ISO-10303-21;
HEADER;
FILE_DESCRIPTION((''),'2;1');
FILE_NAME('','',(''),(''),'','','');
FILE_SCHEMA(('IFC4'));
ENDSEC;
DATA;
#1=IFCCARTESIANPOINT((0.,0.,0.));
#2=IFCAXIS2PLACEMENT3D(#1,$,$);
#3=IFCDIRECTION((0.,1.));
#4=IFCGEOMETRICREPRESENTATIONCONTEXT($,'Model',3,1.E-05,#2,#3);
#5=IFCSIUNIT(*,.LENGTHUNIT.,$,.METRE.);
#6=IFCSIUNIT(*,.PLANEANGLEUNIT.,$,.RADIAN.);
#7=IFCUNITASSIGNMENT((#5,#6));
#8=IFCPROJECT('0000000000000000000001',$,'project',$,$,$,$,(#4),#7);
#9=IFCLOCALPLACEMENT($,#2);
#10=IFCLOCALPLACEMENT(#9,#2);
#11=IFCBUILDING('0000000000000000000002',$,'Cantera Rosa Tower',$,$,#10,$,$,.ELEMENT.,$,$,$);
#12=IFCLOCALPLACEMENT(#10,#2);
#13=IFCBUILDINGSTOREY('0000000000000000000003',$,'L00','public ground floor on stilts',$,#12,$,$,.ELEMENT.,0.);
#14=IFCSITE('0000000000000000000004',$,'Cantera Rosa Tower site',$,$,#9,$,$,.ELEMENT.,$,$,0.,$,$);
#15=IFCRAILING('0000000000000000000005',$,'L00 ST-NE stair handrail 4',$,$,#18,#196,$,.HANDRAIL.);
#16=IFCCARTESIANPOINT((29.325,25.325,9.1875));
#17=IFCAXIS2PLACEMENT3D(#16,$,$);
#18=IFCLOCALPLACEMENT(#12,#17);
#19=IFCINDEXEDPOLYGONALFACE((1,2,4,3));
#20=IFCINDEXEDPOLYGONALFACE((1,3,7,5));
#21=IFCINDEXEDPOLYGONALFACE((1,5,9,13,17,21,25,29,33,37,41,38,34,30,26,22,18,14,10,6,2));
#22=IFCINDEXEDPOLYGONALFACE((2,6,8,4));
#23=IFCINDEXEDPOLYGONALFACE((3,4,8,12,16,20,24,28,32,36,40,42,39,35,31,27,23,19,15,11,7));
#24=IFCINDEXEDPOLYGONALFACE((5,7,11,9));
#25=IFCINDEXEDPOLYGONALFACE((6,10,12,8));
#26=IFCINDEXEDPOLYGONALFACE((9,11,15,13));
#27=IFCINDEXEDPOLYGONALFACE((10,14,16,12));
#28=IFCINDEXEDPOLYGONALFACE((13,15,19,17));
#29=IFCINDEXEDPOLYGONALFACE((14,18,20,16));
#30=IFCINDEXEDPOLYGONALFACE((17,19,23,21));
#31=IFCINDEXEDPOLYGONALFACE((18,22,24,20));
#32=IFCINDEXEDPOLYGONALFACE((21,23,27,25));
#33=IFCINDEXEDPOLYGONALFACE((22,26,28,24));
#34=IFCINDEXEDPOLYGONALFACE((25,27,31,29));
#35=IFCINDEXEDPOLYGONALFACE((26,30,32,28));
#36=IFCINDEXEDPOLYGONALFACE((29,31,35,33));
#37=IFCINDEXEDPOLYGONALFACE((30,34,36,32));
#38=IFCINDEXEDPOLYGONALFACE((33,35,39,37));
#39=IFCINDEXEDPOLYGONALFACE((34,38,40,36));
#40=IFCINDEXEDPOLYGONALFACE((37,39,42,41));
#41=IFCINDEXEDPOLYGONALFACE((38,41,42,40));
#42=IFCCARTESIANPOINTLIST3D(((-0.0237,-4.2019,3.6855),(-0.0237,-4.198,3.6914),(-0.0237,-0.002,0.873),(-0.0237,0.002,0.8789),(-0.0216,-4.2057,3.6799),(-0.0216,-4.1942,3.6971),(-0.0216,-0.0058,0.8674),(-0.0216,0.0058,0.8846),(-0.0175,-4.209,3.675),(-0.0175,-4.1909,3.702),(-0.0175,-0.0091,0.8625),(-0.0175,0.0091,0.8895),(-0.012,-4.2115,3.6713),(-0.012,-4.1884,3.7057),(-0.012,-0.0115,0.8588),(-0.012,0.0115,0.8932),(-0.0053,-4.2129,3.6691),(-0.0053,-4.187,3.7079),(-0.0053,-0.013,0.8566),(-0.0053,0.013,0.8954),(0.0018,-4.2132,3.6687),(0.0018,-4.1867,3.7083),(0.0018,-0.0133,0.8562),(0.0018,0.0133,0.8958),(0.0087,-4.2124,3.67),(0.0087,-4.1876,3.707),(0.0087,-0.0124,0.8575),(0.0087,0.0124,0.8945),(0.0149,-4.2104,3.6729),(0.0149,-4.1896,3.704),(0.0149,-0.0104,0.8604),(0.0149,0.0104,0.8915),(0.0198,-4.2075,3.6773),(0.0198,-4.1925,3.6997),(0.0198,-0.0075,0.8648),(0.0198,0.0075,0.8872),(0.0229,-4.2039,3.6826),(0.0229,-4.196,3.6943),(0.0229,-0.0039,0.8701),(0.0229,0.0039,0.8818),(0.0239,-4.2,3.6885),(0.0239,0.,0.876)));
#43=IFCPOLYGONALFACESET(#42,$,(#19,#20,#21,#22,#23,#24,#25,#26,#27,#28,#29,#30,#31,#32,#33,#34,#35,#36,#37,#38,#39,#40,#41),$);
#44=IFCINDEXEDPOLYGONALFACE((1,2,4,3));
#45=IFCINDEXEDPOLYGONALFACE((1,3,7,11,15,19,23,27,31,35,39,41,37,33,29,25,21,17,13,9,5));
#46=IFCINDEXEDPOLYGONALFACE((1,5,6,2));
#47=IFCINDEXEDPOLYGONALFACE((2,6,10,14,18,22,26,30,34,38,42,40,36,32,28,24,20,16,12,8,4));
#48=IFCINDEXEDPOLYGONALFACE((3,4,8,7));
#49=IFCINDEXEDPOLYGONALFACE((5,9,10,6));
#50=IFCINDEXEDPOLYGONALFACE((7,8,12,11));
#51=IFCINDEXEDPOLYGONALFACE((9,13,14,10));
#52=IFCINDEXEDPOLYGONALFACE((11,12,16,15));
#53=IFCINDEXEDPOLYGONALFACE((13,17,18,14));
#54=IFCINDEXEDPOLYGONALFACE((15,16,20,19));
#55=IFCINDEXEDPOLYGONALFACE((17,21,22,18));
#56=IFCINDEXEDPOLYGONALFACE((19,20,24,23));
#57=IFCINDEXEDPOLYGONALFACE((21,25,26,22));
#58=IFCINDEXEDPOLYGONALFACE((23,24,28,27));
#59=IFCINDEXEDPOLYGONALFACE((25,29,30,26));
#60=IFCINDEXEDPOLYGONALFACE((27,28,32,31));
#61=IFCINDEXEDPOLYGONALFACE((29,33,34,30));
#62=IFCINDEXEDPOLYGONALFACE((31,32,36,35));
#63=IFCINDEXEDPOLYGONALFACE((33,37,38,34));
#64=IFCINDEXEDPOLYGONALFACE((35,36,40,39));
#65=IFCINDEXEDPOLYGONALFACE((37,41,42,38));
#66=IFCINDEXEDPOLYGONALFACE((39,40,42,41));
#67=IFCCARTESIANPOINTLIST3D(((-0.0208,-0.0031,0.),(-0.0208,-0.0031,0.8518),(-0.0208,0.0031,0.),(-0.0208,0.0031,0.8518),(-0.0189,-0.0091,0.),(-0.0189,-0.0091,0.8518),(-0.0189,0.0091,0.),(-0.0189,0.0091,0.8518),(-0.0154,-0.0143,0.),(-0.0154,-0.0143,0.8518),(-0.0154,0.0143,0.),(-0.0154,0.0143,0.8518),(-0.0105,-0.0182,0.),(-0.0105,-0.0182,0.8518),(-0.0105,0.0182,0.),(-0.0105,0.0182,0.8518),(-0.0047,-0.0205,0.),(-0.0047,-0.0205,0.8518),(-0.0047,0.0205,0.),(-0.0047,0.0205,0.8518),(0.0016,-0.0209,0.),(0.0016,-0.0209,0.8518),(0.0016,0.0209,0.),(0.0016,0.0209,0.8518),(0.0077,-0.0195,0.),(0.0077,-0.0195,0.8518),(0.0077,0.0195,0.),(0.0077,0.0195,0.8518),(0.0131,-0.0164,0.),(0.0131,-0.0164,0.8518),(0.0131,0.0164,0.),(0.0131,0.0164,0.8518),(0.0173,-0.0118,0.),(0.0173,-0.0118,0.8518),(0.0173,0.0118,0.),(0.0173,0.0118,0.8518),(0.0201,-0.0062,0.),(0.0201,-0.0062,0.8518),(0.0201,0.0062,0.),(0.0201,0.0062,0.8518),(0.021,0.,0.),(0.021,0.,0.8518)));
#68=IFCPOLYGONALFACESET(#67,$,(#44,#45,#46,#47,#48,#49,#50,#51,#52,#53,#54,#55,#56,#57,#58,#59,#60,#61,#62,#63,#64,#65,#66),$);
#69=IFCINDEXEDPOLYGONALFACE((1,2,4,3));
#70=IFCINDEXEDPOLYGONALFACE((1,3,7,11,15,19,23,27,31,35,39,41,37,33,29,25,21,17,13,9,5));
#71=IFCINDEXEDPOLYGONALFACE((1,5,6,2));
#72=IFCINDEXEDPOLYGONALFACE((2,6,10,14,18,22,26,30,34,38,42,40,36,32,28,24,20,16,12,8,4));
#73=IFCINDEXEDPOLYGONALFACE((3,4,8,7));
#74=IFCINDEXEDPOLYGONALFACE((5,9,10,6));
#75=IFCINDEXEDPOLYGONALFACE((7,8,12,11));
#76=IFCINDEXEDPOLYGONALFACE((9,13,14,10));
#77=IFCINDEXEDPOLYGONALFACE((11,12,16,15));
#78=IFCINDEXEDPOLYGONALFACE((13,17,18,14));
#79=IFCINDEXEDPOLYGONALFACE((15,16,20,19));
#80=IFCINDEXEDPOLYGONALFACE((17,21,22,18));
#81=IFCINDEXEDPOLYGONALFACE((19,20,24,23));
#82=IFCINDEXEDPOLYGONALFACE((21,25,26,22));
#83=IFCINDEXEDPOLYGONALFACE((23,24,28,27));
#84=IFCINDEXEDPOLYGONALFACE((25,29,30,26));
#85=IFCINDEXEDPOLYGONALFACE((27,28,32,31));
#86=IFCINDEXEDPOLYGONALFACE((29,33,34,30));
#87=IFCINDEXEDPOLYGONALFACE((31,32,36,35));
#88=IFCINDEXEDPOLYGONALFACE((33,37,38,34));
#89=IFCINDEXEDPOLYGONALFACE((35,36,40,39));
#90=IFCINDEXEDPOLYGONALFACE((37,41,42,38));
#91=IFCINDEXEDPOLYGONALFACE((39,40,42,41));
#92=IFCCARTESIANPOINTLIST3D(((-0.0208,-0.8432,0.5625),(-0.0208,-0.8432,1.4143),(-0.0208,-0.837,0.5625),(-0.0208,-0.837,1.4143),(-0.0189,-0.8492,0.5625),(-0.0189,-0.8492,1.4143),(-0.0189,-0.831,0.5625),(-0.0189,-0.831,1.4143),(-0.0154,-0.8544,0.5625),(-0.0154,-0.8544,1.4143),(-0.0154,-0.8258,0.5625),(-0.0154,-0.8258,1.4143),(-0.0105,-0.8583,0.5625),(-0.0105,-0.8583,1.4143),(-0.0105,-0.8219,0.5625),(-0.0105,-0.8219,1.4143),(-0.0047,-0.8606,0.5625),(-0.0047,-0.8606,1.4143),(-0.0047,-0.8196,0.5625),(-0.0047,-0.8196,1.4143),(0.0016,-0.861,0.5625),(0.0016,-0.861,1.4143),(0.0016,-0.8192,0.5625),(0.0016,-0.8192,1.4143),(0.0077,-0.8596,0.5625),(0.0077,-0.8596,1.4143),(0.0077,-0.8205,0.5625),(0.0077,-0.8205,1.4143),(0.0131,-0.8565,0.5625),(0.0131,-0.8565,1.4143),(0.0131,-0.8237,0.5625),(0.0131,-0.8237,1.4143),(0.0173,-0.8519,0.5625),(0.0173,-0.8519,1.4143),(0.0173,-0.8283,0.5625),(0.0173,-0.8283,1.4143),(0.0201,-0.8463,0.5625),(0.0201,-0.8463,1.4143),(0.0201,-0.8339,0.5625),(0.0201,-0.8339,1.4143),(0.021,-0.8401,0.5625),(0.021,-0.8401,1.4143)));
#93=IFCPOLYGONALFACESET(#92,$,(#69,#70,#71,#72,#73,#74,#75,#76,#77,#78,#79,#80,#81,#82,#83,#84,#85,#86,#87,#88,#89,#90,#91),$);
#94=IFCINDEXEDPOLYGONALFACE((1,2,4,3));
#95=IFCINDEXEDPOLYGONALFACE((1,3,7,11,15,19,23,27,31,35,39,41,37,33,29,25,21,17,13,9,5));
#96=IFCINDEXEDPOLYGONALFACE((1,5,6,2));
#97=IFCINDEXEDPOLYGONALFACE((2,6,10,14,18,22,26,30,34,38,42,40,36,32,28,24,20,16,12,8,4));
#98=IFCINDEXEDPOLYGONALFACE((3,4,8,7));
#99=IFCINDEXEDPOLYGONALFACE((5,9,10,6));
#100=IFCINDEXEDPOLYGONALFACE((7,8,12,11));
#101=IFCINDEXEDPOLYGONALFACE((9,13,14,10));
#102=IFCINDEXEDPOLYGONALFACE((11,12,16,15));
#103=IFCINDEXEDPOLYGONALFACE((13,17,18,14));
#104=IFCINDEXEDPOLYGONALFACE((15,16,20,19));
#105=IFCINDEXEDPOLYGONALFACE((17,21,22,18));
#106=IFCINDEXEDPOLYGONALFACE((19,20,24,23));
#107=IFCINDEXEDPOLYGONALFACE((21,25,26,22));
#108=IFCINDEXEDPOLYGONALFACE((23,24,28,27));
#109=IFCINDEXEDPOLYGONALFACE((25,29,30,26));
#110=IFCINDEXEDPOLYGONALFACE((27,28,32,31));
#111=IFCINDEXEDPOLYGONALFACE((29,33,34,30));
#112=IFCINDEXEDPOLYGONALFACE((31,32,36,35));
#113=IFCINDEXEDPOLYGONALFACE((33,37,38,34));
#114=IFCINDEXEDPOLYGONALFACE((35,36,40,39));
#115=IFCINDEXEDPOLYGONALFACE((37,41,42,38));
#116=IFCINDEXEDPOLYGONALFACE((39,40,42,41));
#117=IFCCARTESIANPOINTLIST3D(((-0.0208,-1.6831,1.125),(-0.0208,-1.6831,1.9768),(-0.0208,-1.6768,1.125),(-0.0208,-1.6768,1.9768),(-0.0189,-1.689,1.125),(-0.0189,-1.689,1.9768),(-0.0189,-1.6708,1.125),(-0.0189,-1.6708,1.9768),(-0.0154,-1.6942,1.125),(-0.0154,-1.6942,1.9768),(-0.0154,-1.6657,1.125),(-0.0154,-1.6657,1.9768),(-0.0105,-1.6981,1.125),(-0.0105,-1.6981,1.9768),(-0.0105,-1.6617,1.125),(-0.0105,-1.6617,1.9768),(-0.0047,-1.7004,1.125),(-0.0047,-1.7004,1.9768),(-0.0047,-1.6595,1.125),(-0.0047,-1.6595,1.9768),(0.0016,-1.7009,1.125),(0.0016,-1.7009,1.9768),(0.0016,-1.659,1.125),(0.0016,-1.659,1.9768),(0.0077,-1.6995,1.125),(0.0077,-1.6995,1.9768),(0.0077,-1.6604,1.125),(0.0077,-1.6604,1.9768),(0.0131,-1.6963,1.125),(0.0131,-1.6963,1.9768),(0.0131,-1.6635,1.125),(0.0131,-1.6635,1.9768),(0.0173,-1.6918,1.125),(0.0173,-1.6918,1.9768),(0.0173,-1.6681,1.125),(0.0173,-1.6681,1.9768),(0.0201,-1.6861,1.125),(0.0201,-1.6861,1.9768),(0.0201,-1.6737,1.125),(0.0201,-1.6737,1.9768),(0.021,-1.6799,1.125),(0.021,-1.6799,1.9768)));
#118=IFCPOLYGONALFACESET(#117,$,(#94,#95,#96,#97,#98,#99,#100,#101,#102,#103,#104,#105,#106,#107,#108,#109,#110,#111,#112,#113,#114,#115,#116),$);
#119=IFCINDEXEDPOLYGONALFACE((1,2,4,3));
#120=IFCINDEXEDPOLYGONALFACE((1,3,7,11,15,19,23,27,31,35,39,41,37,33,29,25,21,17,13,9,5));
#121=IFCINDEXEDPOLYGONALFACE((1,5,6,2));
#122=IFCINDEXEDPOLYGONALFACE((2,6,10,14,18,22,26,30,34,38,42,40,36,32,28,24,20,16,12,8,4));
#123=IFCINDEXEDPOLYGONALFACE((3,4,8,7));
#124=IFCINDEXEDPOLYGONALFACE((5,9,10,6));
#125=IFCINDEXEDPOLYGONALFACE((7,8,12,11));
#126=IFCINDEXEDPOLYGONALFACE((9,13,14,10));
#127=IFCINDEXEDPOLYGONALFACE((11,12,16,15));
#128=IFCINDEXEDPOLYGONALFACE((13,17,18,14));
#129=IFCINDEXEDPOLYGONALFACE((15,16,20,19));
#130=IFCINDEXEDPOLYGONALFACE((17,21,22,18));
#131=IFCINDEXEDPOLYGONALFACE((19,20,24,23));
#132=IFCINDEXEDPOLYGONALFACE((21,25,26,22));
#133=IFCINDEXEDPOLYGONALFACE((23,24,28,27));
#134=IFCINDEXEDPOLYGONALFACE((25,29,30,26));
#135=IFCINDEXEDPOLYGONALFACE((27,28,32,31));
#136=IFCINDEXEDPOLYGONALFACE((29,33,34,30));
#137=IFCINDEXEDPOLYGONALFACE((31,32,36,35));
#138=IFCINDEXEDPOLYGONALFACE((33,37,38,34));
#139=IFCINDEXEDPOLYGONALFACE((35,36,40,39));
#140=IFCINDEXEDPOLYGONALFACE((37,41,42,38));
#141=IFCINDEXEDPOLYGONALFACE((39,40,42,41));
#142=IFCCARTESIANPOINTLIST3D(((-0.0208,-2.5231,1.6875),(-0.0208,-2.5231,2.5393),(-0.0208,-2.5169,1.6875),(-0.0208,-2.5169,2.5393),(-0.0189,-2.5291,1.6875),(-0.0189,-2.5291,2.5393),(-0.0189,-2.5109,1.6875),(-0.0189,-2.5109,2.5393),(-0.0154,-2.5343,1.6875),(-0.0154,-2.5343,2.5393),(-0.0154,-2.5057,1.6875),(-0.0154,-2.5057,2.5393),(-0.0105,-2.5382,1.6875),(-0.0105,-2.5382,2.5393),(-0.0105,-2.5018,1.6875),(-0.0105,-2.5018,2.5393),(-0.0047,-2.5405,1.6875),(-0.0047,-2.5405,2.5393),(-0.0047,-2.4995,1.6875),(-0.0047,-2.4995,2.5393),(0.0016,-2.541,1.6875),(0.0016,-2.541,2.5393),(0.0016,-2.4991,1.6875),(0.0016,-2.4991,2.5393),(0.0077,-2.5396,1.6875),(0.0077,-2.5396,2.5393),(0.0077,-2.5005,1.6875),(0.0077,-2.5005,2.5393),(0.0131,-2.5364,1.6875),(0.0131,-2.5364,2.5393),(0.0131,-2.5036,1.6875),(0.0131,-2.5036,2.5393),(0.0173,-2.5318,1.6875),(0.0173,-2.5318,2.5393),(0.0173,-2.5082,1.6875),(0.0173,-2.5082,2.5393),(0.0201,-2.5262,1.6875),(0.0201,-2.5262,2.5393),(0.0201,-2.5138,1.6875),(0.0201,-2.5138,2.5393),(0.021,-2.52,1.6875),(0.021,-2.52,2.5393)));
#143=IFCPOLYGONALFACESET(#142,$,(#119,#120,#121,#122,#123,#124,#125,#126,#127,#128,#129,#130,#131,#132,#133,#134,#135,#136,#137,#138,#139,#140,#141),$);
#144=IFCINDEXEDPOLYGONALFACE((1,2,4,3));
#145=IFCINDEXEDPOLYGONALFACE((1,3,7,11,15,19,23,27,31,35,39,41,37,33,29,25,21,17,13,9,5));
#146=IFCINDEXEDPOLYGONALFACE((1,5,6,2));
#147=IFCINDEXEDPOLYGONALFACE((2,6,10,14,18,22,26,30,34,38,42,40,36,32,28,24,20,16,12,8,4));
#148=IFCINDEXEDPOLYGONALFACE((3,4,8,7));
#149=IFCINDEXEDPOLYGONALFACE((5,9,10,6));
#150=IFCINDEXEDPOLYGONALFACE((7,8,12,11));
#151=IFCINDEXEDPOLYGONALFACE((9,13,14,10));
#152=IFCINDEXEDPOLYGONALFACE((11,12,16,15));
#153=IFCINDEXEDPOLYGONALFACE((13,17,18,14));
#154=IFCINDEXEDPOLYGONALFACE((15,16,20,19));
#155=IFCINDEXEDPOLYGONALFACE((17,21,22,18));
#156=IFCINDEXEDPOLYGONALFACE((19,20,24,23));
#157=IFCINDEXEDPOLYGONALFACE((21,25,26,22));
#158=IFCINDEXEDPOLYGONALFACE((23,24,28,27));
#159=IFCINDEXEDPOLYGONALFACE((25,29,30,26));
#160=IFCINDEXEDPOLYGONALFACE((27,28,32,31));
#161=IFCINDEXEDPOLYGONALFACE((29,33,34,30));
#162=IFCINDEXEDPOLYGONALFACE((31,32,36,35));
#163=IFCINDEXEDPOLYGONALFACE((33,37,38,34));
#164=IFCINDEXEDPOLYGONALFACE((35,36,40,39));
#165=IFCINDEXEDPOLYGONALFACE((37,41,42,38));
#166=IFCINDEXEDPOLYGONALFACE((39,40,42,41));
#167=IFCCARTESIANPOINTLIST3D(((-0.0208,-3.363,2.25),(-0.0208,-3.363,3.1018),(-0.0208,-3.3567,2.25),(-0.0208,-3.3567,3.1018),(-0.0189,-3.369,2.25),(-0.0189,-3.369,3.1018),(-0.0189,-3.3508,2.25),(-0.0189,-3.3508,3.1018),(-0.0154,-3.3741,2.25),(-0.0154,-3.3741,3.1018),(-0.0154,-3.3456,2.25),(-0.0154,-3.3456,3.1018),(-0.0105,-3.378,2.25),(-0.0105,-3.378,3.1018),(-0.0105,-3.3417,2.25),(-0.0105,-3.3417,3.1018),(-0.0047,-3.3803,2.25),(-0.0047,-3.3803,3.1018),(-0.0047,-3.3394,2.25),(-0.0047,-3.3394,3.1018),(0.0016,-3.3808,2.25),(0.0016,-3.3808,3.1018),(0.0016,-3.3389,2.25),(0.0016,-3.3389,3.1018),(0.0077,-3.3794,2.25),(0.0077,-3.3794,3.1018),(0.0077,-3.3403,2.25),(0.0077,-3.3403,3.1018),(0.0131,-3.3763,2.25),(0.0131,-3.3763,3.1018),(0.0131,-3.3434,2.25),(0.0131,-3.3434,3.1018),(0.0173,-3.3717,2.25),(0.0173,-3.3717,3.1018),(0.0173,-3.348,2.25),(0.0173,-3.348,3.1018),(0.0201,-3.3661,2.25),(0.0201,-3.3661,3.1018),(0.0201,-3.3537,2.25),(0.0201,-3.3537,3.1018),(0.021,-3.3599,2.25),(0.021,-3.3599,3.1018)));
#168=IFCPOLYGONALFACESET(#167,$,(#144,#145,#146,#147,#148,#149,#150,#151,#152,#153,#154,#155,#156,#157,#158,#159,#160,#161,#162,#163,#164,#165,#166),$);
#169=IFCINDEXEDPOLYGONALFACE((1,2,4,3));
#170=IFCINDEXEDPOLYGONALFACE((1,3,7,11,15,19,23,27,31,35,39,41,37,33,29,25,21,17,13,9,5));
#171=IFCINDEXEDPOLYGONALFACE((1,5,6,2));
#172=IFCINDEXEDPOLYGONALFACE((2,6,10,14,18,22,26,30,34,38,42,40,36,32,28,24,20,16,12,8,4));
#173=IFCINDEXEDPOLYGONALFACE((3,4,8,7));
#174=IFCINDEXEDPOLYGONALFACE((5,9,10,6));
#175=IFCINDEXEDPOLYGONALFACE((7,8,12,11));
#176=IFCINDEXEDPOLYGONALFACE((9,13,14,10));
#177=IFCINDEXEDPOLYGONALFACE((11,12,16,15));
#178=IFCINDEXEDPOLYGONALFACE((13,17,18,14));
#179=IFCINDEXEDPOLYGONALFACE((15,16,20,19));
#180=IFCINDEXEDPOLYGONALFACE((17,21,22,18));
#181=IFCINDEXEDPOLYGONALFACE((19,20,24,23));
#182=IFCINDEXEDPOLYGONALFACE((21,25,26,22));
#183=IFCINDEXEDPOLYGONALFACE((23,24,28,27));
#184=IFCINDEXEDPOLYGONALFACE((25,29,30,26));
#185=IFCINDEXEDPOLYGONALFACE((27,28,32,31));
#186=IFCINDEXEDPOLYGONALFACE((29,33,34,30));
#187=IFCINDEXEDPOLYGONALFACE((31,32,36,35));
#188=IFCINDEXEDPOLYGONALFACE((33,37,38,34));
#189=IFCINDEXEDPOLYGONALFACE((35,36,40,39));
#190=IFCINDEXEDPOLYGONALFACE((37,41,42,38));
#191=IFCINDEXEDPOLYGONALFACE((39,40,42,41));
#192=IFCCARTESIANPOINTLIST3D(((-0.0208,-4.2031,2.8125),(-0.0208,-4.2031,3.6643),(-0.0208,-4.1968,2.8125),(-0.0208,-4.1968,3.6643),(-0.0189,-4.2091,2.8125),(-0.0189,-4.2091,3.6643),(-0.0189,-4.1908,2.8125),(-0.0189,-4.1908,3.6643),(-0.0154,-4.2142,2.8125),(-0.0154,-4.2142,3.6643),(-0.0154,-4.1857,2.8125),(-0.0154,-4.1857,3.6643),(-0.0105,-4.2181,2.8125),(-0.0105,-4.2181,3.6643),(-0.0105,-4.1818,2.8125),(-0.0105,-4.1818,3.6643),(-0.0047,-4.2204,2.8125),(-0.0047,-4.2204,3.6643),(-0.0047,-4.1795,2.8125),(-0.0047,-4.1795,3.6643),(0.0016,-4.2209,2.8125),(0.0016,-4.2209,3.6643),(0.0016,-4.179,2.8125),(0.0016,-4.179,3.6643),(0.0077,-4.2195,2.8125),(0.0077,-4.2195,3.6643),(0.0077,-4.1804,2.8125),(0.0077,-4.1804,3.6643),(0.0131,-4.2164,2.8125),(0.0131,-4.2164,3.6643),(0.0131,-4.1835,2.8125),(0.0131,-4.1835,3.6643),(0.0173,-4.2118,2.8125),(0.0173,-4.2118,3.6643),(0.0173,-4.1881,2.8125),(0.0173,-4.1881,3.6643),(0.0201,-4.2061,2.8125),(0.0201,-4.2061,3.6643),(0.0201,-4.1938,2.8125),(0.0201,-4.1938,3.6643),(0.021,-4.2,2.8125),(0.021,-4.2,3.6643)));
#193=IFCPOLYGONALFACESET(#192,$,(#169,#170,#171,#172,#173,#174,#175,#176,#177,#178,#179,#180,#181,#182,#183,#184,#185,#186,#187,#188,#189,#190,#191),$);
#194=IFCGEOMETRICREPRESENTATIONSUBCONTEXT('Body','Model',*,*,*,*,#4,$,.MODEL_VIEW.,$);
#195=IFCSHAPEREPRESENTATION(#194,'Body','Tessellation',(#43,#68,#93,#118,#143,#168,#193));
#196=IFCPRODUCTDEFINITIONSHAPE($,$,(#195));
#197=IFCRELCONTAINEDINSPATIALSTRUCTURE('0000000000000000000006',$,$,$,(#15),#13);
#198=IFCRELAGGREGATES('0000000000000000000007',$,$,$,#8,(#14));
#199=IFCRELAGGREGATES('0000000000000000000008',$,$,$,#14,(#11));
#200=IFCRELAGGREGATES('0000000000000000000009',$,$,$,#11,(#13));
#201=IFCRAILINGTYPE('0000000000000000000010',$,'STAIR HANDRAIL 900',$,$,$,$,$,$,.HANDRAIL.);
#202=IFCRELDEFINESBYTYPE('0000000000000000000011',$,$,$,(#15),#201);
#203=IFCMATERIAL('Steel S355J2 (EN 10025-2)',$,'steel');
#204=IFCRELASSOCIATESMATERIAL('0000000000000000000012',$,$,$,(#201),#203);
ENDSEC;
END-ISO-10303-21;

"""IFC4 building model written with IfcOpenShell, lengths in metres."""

from ifc_helpers import new_model, si_unit, direction, frame, origin, origin_2d, place, context, subcontext, project, spatial, circle, extrude, material, type_object, element, save


model = new_model("IFC4")

# Units and contexts
model_context = context("Model", 3, precision=1e-05, world=origin(), true_north=direction((0.0, 1.0)))
body_context = subcontext(model_context, "Body", "Model", "MODEL_VIEW")
ifc_project = project(units=[si_unit("LENGTHUNIT", "METRE"), si_unit("PLANEANGLEUNIT", "RADIAN")], contexts=[model_context])

# Site, building, storey
site_placement = place(None, origin())
site = spatial("IfcSite", under=ifc_project, at=site_placement, Name="Cantera Rosa Tower site", CompositionType="ELEMENT", RefElevation=0.0)
building_placement = place(site_placement, origin())
building = spatial("IfcBuilding", under=site, at=building_placement, Name="Cantera Rosa Tower", CompositionType="ELEMENT")
storey_placement = place(building_placement, origin())
storey = spatial("IfcBuildingStorey", under=building, at=storey_placement, Name="L00", Description="public ground floor on stilts", CompositionType="ELEMENT", Elevation=0.0)

# Railing
ifc_material_1 = material(Name="Steel S355J2 (EN 10025-2)", Category="steel")
railing_type_1 = type_object("IfcRailingType", Name="STAIR HANDRAIL 900", PredefinedType="HANDRAIL", material=ifc_material_1)
for number, where, name in (
    (1, (29.325, 25.325, 9.1875), "L00 ST-NE stair handrail 4"),
):
    element("IfcRailing", number, at=place(storey_placement, frame(where)), inside=storey, type_object=railing_type_1, Name=name, PredefinedType="HANDRAIL", context=body_context, shape_type="SweptSolid", body=[
        extrude(circle(Radius=0.0239, at=origin_2d()), frame((0.0, 0.0, 0.876), z_axis=(0.0, -0.830904, 0.556416), x_axis=(1.0, 0.0, 0.0)), (0.0, 0.0, 1.0), 5.0547),
        extrude(circle(Radius=0.021, at=origin_2d()), origin(), (0.0, 0.0, 1.0), 0.8518),
        extrude(circle(Radius=0.021, at=origin_2d()), frame((0.0, -0.8401, 0.5625)), (0.0, 0.0, 1.0), 0.8518),
        extrude(circle(Radius=0.021, at=origin_2d()), frame((0.0, -1.6799, 1.125)), (0.0, 0.0, 1.0), 0.8518),
        extrude(circle(Radius=0.021, at=origin_2d()), frame((0.0, -2.52, 1.6875)), (0.0, 0.0, 1.0), 0.8518),
        extrude(circle(Radius=0.021, at=origin_2d()), frame((0.0, -3.3599, 2.25)), (0.0, 0.0, 1.0), 0.8518),
        extrude(circle(Radius=0.021, at=origin_2d()), frame((0.0, -4.2, 2.8125)), (0.0, 0.0, 1.0), 0.8518),
    ])

save(model, "model.ifc")
